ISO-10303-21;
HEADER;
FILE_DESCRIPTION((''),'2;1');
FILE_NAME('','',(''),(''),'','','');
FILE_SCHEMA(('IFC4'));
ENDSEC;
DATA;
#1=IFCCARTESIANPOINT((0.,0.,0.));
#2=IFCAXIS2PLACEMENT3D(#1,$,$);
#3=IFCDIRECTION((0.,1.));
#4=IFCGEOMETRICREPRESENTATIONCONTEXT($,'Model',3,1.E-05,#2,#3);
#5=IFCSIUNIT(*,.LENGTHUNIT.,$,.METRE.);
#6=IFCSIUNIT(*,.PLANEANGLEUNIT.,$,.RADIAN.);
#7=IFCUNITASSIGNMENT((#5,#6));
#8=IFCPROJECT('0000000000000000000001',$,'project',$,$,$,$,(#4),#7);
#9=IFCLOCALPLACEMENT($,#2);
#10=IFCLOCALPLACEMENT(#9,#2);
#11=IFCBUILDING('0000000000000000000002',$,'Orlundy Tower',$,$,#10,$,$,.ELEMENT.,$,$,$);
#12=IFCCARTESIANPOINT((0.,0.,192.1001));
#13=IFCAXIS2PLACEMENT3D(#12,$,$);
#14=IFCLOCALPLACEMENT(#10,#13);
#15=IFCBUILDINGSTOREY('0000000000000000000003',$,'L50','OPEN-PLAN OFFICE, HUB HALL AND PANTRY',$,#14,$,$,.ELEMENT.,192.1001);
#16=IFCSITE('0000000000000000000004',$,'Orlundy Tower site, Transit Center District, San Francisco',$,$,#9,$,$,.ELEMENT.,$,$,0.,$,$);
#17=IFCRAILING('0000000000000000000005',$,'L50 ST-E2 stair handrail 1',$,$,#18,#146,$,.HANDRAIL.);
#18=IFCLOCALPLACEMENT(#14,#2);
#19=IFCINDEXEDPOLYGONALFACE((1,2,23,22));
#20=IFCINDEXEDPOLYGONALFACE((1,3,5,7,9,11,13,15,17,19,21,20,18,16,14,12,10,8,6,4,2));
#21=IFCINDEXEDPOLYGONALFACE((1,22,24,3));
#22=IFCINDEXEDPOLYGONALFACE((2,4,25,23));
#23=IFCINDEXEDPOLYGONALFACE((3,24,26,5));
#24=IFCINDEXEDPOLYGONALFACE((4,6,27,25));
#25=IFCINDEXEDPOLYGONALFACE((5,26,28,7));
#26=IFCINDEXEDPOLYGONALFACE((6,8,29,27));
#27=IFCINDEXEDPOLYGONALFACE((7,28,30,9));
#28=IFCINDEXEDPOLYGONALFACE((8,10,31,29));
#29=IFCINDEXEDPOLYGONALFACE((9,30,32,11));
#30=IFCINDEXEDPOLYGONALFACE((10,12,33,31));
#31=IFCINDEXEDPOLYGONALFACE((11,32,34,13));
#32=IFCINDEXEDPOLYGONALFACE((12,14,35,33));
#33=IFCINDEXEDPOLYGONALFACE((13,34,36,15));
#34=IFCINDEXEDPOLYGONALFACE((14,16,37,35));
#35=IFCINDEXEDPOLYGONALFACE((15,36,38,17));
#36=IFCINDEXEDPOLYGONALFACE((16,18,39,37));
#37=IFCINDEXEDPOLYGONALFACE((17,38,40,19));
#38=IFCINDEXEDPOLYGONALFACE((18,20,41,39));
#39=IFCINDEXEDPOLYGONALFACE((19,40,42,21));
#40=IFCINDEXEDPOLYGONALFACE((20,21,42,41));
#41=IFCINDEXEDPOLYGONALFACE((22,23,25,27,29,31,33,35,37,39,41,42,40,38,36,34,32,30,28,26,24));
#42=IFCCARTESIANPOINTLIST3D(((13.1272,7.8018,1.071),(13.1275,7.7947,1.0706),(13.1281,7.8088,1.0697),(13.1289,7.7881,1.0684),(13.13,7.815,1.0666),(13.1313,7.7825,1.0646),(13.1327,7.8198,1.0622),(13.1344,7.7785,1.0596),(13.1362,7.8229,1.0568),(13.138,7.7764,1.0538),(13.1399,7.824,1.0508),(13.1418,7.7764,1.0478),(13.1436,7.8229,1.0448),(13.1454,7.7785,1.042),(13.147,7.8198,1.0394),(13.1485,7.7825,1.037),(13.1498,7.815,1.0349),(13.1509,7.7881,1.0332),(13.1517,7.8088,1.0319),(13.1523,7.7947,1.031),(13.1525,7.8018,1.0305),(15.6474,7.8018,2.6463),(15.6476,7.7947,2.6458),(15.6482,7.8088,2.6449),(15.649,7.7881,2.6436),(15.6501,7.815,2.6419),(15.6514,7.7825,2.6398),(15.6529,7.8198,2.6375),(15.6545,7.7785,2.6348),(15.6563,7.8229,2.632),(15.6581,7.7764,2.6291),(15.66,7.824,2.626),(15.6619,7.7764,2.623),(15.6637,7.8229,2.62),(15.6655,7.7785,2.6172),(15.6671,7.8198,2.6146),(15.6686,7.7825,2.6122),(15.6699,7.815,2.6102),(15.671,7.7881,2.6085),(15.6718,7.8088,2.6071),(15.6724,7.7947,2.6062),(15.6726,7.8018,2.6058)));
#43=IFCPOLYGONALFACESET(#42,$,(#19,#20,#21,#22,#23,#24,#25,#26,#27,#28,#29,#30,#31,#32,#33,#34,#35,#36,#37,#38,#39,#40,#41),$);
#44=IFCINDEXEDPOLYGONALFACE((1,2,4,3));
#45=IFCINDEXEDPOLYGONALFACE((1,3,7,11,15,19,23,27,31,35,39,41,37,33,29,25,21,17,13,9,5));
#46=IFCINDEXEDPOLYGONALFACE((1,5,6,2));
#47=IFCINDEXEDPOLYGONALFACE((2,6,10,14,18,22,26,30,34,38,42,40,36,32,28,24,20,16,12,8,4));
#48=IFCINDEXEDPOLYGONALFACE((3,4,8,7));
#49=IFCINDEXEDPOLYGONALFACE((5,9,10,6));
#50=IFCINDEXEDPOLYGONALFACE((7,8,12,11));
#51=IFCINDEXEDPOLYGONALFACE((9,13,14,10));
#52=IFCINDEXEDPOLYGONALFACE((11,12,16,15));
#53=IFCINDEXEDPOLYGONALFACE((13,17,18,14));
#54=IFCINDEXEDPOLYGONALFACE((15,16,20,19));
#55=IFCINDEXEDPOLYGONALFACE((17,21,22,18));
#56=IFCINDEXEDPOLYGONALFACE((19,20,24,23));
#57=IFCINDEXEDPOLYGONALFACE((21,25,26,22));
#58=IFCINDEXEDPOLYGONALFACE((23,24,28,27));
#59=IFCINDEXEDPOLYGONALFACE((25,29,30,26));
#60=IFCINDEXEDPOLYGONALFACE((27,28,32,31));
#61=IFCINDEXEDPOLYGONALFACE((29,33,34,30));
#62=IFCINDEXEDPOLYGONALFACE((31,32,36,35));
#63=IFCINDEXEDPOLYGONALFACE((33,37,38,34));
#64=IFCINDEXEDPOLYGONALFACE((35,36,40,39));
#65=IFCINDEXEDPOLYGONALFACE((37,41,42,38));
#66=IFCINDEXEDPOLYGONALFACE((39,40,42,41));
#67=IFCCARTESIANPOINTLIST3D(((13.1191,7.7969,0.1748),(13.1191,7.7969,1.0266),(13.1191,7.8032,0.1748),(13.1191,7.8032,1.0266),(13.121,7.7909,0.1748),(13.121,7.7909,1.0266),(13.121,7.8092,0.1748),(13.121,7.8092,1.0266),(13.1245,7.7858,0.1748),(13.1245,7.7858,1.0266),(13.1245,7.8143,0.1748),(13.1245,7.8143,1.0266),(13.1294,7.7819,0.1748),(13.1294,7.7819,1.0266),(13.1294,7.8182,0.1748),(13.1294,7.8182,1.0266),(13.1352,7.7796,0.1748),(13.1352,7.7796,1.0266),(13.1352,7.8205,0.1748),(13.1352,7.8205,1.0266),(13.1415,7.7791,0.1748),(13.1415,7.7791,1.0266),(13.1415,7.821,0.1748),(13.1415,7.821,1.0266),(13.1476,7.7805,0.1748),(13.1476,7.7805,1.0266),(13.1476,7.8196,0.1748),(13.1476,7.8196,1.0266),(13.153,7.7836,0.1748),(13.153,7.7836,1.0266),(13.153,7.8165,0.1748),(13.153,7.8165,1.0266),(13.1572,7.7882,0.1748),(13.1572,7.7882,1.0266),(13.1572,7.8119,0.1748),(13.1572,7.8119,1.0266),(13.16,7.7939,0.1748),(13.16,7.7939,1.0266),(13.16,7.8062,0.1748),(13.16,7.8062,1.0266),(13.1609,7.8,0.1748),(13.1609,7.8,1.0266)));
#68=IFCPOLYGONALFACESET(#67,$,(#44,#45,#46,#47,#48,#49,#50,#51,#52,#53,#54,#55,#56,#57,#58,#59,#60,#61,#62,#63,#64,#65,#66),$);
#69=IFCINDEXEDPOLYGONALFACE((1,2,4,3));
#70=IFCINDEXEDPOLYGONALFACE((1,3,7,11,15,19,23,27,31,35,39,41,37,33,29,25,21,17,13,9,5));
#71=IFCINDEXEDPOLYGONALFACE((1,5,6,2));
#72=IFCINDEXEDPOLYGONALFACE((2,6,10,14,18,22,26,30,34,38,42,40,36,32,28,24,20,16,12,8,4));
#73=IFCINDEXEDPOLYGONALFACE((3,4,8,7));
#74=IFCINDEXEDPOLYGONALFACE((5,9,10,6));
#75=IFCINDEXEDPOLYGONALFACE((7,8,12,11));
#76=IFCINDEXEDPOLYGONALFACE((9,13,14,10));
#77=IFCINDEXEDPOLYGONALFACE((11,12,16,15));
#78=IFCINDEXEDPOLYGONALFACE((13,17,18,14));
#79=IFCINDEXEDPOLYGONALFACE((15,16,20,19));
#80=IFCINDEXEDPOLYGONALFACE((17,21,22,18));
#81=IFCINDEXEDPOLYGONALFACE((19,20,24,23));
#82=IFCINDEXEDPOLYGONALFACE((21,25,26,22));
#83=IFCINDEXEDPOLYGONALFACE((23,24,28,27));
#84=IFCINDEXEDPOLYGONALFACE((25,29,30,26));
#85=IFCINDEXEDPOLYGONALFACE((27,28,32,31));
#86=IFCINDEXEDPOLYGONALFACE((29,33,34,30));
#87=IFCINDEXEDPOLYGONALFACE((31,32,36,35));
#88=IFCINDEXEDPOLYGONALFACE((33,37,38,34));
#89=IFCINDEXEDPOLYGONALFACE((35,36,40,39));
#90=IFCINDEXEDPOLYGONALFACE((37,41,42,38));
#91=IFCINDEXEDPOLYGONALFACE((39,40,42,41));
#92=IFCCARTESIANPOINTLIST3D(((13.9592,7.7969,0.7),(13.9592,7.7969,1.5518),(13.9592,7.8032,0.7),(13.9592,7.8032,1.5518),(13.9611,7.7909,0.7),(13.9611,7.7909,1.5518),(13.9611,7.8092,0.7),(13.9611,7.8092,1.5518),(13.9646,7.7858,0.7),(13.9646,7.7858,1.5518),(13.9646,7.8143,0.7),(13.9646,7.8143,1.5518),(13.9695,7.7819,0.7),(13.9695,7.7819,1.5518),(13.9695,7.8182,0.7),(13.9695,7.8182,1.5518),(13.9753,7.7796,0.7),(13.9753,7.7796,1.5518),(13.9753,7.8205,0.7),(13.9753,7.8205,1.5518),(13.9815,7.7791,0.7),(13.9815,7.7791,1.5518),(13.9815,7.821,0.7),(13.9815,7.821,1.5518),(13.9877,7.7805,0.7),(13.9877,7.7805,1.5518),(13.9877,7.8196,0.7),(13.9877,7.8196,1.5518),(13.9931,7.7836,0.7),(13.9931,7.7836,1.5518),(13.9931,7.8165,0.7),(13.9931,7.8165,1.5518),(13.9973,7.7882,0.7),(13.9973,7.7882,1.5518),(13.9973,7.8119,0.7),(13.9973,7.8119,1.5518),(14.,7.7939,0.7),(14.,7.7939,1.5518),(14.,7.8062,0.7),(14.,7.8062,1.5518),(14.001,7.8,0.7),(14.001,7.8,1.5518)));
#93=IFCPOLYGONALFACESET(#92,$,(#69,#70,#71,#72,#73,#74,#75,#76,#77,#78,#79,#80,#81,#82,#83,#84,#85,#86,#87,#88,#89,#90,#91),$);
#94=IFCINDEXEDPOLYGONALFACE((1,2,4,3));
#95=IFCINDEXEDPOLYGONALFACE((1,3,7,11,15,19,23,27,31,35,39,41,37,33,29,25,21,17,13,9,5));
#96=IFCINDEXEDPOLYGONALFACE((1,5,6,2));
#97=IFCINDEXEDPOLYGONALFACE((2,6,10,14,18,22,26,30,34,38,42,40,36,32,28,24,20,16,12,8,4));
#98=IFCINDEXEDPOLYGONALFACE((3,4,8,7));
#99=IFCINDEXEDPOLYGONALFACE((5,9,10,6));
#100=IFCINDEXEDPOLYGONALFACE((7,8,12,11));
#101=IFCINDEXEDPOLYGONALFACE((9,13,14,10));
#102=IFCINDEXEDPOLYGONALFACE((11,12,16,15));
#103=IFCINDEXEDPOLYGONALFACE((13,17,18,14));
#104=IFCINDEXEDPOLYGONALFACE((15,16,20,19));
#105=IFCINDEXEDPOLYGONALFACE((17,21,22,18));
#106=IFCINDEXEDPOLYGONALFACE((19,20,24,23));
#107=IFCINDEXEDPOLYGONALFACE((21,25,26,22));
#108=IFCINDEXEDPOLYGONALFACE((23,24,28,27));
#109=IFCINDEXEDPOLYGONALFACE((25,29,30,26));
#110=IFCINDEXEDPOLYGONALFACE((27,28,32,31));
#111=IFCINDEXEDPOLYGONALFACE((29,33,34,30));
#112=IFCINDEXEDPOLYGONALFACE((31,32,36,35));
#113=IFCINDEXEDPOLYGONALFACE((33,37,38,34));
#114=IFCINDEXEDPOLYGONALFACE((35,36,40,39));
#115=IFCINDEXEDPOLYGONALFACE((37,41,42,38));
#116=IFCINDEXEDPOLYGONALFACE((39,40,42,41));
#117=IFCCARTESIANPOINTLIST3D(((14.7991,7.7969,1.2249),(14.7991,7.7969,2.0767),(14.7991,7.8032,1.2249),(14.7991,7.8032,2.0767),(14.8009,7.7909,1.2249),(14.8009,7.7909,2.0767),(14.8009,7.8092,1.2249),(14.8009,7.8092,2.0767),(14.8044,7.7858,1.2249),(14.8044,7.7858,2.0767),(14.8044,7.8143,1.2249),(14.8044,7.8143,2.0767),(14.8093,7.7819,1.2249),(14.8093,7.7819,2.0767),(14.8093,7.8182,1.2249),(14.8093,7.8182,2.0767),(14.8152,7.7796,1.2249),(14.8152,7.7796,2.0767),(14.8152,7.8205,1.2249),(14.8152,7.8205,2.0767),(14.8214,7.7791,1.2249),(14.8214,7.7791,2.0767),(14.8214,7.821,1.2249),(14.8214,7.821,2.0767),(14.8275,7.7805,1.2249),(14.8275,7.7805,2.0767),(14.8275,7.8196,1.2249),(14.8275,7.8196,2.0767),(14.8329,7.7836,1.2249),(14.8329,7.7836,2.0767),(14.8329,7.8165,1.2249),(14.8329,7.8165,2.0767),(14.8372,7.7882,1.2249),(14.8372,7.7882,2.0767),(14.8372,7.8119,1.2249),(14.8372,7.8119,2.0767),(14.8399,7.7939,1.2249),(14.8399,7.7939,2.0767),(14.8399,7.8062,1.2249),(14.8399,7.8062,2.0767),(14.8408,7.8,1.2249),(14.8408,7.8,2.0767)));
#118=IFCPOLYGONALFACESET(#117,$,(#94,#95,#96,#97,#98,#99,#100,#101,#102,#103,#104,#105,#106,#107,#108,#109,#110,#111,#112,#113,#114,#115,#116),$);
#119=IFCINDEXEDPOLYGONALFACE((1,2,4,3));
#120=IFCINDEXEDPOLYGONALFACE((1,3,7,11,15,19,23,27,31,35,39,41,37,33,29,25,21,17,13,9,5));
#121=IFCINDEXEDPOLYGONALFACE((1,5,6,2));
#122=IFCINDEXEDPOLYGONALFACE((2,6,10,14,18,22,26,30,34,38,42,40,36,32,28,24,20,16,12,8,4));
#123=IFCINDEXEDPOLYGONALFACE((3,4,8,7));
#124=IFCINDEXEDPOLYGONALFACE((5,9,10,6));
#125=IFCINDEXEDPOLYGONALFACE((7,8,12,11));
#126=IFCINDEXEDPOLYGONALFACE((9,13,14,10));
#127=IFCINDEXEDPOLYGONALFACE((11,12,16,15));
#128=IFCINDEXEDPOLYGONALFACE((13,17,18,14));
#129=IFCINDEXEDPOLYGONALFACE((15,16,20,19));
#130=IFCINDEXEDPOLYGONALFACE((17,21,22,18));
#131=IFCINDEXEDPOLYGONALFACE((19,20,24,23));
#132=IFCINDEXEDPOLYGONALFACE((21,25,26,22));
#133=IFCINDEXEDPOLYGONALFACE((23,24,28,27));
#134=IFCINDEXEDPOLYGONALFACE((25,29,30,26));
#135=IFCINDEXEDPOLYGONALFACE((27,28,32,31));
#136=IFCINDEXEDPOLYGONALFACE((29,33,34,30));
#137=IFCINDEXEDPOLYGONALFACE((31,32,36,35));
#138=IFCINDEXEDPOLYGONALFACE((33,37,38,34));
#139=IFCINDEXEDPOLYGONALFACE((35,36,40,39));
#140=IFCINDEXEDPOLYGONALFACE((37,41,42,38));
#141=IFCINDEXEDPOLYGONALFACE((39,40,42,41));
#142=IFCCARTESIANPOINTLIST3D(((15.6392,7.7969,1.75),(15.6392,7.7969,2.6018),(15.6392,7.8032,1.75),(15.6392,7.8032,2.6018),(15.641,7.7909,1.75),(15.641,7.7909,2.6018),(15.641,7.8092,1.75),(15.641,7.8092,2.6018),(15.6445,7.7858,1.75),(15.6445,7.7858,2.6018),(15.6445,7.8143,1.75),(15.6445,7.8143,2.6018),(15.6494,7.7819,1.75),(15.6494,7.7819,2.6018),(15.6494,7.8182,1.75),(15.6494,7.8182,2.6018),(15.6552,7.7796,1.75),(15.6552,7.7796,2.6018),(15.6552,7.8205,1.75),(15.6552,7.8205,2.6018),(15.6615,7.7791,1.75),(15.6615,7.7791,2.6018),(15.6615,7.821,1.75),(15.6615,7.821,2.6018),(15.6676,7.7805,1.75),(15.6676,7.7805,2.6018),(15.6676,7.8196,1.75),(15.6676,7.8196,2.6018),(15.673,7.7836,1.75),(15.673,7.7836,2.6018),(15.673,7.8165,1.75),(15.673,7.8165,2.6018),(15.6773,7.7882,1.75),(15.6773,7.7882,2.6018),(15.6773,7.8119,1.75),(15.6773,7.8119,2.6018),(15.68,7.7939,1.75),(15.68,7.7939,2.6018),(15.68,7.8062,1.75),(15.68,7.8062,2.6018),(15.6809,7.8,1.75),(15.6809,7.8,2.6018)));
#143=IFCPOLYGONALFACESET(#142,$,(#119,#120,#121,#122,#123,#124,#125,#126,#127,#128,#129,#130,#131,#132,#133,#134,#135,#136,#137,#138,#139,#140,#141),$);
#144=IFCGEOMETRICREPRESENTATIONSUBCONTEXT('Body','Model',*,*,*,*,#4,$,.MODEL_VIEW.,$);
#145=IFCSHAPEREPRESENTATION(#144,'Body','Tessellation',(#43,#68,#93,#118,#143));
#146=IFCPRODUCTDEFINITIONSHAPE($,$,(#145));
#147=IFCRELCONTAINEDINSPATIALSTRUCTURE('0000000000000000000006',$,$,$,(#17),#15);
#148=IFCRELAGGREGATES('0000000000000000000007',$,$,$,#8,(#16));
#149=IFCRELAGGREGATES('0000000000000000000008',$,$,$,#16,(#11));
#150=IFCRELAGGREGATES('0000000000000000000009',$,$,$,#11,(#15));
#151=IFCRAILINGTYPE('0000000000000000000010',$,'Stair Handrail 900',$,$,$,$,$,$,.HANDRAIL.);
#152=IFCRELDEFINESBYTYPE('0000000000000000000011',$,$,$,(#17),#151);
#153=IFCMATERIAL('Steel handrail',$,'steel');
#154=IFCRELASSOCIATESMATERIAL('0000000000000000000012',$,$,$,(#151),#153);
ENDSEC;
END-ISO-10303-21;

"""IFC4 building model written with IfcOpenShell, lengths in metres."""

from ifc_helpers import new_model, si_unit, direction, frame, origin, origin_2d, place, context, subcontext, project, spatial, circle, extrude, material, type_object, element, save


model = new_model("IFC4")

# Units and contexts
model_context = context("Model", 3, precision=1e-05, world=origin(), true_north=direction((0.0, 1.0)))
body_context = subcontext(model_context, "Body", "Model", "MODEL_VIEW")
ifc_project = project(units=[si_unit("LENGTHUNIT", "METRE"), si_unit("PLANEANGLEUNIT", "RADIAN")], contexts=[model_context])

# Site, building, storey
site_placement = place(None, origin())
site = spatial("IfcSite", under=ifc_project, at=site_placement, Name="Orlundy Tower site, Transit Center District, San Francisco", CompositionType="ELEMENT", RefElevation=0.0)
building_placement = place(site_placement, origin())
building = spatial("IfcBuilding", under=site, at=building_placement, Name="Orlundy Tower", CompositionType="ELEMENT")
storey_placement = place(building_placement, frame((0.0, 0.0, 192.1001)))
storey = spatial("IfcBuildingStorey", under=building, at=storey_placement, Name="L50", Description="OPEN-PLAN OFFICE, HUB HALL AND PANTRY", CompositionType="ELEMENT", Elevation=192.1001)

# Railing
ifc_material_1 = material(Name="Steel handrail", Category="steel")
railing_type_1 = type_object("IfcRailingType", Name="Stair Handrail 900", PredefinedType="HANDRAIL", material=ifc_material_1)
for number, where, name in (
    (1, (13.1399, 7.8, 0.1748), "L50 ST-E2 stair handrail 1"),
):
    element("IfcRailing", number, at=place(storey_placement, frame(where)), inside=storey, type_object=railing_type_1, Name=name, PredefinedType="HANDRAIL", context=body_context, shape_type="SweptSolid", body=[
        extrude(circle(Radius=0.0239, at=origin_2d()), frame((0.0, 0.0, 0.876), z_axis=(0.847971, 0.0, 0.530043), x_axis=(0.0, 1.0, 0.0)), (0.0, 0.0, 1.0), 2.9719),
        extrude(circle(Radius=0.021, at=origin_2d()), origin(), (0.0, 0.0, 1.0), 0.8518),
        extrude(circle(Radius=0.021, at=origin_2d()), frame((0.8401, 0.0, 0.5251)), (0.0, 0.0, 1.0), 0.8518),
        extrude(circle(Radius=0.021, at=origin_2d()), frame((1.6799, 0.0, 1.05)), (0.0, 0.0, 1.0), 0.8518),
        extrude(circle(Radius=0.021, at=origin_2d()), frame((2.52, 0.0, 1.5752)), (0.0, 0.0, 1.0), 0.8518),
    ])

save(model, "model.ifc")
